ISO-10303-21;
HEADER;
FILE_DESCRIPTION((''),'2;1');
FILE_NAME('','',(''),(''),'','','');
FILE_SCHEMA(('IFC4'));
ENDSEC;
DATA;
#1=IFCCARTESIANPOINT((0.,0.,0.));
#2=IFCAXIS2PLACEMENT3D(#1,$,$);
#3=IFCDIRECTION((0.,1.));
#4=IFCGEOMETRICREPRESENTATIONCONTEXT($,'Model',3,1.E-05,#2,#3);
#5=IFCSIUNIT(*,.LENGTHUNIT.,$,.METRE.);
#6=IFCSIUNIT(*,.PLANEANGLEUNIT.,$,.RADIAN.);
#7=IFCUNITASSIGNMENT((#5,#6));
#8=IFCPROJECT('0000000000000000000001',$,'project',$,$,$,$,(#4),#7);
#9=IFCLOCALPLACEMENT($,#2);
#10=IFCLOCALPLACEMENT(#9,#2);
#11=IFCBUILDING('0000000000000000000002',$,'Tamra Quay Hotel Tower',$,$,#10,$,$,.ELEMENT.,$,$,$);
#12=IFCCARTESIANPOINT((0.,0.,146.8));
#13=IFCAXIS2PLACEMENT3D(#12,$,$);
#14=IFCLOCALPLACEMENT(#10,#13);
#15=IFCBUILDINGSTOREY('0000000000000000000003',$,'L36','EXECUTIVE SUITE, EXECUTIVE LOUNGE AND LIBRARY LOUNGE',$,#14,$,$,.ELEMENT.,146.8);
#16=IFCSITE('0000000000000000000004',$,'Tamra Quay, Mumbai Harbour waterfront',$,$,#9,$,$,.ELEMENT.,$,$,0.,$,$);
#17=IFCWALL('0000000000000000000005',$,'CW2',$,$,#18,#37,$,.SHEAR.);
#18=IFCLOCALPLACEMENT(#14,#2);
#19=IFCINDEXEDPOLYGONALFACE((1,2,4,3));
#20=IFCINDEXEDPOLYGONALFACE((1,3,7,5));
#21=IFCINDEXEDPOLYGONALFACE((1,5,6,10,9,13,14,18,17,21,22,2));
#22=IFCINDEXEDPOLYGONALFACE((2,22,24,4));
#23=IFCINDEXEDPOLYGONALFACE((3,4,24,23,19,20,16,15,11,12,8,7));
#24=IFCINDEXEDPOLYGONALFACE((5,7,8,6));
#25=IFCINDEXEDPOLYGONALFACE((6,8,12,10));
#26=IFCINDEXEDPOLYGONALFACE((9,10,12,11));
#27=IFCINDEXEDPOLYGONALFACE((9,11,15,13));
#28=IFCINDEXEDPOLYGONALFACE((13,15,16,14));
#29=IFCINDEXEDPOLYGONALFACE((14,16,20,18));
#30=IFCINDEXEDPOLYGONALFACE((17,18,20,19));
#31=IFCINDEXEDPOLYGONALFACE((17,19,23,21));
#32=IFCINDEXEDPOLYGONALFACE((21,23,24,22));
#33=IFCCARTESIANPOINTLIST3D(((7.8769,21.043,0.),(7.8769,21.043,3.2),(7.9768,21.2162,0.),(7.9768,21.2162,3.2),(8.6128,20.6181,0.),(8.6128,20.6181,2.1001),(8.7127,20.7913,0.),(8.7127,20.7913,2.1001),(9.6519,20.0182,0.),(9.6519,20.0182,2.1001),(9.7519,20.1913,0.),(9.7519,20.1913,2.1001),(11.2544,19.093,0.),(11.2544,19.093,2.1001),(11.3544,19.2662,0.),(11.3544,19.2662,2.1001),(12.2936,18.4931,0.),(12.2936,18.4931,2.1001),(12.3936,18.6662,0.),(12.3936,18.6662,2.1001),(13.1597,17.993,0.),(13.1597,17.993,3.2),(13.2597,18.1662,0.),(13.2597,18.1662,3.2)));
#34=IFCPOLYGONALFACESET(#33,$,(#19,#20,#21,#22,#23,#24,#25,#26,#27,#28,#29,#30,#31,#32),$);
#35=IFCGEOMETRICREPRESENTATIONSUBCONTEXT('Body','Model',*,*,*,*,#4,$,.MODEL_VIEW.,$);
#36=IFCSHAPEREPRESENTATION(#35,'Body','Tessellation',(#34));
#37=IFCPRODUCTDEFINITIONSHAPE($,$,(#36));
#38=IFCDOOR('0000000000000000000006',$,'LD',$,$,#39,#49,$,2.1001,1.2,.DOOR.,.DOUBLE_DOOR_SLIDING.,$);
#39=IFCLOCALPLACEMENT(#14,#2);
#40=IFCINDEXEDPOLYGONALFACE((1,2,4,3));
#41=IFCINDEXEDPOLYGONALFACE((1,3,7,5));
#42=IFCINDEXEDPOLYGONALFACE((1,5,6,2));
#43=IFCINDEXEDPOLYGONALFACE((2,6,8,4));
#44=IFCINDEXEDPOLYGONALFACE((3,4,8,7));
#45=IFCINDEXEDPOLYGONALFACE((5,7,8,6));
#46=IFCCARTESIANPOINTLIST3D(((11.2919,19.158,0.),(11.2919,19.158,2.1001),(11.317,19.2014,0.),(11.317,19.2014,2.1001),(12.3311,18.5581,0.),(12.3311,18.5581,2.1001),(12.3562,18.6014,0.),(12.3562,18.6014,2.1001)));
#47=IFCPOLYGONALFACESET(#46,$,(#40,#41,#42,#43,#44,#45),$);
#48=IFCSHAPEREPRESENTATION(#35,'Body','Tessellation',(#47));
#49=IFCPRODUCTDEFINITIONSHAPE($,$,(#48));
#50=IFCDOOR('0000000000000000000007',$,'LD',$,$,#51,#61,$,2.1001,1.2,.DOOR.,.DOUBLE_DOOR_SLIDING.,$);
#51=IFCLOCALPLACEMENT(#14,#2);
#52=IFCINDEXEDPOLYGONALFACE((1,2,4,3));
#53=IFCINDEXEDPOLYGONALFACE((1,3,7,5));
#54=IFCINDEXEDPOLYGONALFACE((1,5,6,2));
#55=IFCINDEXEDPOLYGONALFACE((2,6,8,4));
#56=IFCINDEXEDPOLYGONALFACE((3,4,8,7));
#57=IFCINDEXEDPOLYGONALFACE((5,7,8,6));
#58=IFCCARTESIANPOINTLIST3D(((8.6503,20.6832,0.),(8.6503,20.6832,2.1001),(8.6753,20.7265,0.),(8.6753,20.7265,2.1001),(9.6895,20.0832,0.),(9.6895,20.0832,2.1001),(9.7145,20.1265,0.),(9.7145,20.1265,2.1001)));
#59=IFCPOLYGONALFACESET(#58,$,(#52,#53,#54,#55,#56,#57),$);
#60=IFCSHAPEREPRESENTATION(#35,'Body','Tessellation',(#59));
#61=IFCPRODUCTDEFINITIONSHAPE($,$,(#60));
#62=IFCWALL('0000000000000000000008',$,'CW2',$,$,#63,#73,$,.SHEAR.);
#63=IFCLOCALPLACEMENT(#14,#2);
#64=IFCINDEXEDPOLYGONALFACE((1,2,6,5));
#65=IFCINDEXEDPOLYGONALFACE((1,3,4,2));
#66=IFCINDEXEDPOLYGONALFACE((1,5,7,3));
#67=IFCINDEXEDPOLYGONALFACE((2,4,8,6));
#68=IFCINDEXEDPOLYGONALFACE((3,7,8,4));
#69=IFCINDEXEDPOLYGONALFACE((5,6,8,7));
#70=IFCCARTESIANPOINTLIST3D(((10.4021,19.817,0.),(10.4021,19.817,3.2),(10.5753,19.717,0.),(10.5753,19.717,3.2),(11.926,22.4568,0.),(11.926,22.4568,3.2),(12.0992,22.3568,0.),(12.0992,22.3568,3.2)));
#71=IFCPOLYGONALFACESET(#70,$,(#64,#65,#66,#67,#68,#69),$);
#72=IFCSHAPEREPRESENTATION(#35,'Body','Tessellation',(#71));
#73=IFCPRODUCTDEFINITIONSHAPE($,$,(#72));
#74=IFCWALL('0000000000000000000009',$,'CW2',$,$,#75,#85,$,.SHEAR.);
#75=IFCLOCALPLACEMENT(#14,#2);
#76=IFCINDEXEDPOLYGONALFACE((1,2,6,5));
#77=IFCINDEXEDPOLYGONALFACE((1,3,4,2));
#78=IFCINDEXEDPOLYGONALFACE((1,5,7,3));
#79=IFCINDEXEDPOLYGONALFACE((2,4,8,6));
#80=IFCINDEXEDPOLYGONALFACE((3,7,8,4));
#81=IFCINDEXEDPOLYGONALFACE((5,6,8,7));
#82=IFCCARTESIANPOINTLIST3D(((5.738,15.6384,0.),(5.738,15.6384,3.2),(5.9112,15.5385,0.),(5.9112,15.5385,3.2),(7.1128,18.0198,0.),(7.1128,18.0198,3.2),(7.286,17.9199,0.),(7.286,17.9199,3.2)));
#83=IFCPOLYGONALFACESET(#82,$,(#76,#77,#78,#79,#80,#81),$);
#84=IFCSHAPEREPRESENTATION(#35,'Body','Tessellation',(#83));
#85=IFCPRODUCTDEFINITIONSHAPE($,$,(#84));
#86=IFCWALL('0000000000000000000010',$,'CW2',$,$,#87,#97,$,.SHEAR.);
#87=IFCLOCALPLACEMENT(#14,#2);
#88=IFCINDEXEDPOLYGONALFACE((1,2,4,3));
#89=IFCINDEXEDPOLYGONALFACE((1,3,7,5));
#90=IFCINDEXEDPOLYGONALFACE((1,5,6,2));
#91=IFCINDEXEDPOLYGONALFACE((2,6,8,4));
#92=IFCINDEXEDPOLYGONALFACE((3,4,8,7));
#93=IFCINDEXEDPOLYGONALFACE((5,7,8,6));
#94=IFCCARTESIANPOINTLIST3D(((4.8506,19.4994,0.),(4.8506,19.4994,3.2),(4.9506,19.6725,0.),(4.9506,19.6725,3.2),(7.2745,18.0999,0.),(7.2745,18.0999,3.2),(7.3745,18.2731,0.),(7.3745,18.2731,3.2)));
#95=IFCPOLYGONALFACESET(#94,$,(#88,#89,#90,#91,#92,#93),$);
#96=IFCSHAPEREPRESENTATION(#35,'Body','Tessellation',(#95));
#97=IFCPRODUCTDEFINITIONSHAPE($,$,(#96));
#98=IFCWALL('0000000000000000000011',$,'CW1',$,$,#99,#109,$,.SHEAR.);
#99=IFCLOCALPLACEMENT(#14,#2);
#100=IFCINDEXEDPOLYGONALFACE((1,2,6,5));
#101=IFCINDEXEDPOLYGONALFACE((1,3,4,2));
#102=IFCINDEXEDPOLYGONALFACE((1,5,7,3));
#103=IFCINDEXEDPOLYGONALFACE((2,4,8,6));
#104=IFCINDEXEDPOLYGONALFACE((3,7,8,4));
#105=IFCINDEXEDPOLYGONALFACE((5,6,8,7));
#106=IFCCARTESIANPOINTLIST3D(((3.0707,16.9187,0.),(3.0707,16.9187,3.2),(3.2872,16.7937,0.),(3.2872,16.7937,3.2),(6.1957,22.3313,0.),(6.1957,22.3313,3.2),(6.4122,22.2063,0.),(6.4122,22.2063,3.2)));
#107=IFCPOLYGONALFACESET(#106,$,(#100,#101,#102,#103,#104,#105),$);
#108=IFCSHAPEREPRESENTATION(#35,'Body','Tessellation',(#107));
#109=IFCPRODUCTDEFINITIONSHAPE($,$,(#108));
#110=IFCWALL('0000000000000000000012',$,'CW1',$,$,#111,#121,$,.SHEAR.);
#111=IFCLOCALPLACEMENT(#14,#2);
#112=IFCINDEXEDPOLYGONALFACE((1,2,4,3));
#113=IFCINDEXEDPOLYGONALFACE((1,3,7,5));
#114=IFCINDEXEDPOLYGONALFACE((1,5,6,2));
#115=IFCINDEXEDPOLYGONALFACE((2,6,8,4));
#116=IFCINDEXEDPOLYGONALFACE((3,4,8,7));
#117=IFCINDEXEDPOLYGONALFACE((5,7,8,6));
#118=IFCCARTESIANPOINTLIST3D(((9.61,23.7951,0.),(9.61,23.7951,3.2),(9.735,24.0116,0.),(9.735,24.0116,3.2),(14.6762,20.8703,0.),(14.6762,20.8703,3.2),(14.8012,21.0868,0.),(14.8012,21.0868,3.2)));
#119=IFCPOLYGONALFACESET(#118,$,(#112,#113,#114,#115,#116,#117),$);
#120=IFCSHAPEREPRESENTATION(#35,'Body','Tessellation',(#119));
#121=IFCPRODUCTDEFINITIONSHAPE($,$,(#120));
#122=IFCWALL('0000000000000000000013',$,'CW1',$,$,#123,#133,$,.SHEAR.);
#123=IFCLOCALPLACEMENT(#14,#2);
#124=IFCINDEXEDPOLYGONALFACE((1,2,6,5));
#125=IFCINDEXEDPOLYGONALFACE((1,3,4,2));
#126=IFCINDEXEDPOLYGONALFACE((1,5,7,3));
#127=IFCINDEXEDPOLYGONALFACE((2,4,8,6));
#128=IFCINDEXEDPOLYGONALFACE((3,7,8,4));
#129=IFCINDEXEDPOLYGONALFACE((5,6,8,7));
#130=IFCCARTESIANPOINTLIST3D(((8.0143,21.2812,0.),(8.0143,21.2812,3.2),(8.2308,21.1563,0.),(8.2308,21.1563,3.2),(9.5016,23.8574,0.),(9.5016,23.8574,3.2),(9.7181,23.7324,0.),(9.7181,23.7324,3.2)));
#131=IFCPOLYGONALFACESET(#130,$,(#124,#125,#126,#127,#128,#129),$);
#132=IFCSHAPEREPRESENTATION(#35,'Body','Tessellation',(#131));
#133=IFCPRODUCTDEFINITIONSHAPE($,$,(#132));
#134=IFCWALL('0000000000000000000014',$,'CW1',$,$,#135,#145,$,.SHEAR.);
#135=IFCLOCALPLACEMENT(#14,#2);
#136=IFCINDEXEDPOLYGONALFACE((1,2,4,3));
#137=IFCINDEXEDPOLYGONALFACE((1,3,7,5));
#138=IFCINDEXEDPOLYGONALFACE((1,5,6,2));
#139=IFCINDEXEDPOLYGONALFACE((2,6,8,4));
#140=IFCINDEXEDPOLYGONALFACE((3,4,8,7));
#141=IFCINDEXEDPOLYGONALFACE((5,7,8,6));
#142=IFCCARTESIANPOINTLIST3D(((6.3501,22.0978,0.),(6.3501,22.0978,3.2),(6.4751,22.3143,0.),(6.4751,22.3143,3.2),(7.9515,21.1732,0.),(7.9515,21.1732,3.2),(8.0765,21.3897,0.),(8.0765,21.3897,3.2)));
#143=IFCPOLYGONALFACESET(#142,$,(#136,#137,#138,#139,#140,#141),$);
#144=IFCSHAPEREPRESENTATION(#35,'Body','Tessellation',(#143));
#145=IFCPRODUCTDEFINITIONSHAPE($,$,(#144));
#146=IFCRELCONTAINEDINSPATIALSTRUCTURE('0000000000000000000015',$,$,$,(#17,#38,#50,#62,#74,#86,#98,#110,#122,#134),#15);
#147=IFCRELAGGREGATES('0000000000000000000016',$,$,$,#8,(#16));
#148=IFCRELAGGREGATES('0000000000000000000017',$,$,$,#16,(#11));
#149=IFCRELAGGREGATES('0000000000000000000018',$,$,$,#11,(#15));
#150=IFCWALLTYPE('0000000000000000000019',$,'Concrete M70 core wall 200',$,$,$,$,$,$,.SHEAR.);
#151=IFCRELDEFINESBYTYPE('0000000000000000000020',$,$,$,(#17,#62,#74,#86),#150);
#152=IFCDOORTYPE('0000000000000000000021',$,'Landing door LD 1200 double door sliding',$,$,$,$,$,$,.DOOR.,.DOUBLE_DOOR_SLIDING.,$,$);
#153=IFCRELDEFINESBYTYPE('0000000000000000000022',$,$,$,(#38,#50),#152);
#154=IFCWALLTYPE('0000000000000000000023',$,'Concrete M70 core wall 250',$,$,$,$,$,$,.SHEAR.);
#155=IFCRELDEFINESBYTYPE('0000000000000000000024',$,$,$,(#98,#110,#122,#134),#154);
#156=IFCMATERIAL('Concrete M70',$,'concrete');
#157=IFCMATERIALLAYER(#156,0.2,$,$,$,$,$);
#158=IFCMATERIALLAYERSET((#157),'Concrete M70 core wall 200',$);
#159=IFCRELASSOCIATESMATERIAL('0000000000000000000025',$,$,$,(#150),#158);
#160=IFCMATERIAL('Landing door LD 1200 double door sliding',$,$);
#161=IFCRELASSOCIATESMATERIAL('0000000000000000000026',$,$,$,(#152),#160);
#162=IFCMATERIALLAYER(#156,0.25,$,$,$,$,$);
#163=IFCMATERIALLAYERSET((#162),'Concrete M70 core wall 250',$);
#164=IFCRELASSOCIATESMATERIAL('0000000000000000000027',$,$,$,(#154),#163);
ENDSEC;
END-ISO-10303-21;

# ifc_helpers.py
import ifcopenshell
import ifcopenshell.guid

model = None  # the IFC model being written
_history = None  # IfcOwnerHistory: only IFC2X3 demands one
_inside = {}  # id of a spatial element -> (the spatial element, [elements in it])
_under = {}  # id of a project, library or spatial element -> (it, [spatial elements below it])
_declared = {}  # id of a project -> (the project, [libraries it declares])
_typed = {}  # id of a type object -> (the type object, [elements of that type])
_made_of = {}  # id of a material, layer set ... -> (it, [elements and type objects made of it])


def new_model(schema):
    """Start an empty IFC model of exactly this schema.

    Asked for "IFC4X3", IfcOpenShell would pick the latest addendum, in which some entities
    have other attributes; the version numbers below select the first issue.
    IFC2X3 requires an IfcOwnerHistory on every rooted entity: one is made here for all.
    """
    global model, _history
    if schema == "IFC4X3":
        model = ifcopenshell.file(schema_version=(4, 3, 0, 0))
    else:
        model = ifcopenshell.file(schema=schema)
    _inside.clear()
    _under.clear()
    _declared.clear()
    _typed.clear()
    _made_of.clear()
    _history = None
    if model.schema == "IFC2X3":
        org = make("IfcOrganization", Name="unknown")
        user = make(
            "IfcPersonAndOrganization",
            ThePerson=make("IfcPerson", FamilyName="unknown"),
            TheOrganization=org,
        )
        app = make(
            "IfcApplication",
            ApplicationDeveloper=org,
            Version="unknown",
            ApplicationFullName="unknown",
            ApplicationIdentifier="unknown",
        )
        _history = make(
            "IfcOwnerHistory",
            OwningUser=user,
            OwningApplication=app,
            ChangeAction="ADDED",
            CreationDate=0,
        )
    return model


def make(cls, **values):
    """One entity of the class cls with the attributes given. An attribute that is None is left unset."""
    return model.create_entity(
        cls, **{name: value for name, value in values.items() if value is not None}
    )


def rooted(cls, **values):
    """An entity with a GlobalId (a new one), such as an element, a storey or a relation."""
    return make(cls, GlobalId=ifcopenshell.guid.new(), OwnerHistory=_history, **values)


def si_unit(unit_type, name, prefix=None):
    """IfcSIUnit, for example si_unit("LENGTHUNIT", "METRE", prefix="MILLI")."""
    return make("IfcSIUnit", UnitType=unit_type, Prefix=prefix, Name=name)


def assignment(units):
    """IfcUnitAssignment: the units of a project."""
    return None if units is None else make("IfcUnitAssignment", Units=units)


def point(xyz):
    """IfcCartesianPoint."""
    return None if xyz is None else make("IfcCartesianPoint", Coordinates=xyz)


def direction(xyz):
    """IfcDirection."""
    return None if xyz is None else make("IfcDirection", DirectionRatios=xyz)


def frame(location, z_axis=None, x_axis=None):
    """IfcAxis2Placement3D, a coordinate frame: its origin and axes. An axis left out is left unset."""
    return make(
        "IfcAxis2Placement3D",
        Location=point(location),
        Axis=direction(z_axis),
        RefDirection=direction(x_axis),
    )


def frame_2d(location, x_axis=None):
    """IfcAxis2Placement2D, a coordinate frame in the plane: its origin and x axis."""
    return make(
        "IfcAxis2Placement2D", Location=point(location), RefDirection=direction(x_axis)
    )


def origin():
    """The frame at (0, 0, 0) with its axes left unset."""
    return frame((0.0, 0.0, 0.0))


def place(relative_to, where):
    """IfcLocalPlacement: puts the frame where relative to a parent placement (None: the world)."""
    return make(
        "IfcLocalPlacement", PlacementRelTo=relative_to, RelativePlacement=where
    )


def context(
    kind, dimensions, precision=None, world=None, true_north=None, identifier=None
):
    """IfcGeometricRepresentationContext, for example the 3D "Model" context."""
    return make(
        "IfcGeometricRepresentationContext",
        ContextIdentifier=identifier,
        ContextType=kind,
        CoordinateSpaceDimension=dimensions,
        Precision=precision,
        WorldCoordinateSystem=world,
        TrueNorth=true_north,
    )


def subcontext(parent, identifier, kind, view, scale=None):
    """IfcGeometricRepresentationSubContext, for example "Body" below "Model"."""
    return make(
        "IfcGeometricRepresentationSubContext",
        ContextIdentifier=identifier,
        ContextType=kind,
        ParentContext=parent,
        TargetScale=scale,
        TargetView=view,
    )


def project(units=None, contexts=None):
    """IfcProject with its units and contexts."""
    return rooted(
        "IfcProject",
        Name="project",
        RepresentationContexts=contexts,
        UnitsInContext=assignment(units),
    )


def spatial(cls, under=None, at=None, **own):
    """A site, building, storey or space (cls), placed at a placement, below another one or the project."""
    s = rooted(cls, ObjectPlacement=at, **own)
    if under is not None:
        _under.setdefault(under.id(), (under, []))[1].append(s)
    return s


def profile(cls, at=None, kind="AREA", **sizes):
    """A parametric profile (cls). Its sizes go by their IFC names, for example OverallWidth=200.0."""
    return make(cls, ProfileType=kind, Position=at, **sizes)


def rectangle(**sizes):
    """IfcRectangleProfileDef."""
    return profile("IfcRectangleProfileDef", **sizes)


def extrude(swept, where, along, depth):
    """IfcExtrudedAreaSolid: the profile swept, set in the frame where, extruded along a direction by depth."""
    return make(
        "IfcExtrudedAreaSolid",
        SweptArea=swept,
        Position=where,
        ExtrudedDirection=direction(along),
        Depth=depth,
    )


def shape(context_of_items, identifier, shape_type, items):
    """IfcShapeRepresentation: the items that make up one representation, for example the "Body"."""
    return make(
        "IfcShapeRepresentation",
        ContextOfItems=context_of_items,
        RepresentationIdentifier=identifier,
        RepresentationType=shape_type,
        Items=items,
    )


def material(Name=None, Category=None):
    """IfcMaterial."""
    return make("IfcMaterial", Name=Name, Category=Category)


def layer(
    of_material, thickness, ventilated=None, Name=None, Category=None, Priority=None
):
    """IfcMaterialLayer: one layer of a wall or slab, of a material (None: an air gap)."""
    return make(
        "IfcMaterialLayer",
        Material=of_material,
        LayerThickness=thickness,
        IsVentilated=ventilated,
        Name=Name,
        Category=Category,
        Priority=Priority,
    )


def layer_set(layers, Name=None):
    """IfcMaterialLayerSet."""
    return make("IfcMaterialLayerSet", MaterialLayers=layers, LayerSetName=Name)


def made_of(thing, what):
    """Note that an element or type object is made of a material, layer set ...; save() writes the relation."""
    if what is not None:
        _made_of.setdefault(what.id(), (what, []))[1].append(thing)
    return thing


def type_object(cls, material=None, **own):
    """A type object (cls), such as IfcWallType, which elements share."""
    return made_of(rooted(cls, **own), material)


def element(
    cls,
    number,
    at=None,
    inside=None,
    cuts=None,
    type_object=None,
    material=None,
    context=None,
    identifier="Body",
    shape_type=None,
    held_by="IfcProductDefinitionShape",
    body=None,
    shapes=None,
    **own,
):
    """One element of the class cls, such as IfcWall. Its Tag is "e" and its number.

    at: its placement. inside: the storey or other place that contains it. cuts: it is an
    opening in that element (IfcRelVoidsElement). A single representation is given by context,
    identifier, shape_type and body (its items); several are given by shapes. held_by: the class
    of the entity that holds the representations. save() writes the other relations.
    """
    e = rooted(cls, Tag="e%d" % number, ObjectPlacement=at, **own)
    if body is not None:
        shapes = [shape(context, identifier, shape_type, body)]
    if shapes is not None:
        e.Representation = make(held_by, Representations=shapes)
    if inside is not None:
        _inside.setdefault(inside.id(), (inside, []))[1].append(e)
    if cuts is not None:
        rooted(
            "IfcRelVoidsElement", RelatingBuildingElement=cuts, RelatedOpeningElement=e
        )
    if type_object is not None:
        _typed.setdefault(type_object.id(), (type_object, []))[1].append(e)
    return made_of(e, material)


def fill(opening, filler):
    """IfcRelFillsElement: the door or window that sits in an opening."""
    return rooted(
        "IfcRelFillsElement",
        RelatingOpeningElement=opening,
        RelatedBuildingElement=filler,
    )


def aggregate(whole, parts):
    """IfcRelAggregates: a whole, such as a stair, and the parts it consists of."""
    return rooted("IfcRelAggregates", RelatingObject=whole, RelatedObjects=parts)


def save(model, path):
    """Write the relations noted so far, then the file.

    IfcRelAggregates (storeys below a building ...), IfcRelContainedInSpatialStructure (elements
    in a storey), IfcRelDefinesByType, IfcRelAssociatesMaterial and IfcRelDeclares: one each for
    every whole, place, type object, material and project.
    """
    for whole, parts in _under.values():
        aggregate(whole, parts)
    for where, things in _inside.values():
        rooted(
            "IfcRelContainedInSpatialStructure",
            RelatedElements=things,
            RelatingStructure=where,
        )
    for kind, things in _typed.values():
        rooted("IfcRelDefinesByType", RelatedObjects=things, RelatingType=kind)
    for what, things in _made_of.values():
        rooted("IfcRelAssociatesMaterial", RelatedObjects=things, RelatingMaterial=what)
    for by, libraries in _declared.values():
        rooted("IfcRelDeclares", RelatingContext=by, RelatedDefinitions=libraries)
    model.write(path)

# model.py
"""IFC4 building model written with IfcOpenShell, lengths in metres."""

from ifc_helpers import new_model, si_unit, direction, frame, frame_2d, origin, place, context, subcontext, project, spatial, rectangle, extrude, material, layer, layer_set, type_object, element, fill, save


model = new_model("IFC4")

# Units and contexts
model_context = context("Model", 3, precision=1e-05, world=origin(), true_north=direction((0.0, 1.0)))
body_context = subcontext(model_context, "Body", "Model", "MODEL_VIEW")
ifc_project = project(units=[si_unit("LENGTHUNIT", "METRE"), si_unit("PLANEANGLEUNIT", "RADIAN")], contexts=[model_context])

# Site, building, storey
site_placement = place(None, origin())
site = spatial("IfcSite", under=ifc_project, at=site_placement, Name="Tamra Quay, Mumbai Harbour waterfront", CompositionType="ELEMENT", RefElevation=0.0)
building_placement = place(site_placement, origin())
building = spatial("IfcBuilding", under=site, at=building_placement, Name="Tamra Quay Hotel Tower", CompositionType="ELEMENT")
storey_placement = place(building_placement, frame((0.0, 0.0, 146.8)))
storey = spatial("IfcBuildingStorey", under=building, at=storey_placement, Name="L36", Description="EXECUTIVE SUITE, EXECUTIVE LOUNGE AND LIBRARY LOUNGE", CompositionType="ELEMENT", Elevation=146.8)

# Shared definitions
ifc_material_1 = material(Name="Concrete M70", Category="concrete")

# Wall, openings, doors
ifc_layer_1 = layer(ifc_material_1, 0.2)
ifc_layer_set_1 = layer_set([ifc_layer_1], Name="Concrete M70 core wall 200")
wall_type_1 = type_object("IfcWallType", Name="Concrete M70 core wall 200", PredefinedType="SHEAR", material=ifc_layer_set_1)
wall_1_placement = place(storey_placement, frame((13.2097, 18.0796, 0.0), z_axis=(0.0, 0.0, 1.0), x_axis=(-0.86603, 0.499992, 0.0)))
wall_1 = element("IfcWall", 1, at=wall_1_placement, inside=storey, type_object=wall_type_1, Name="CW2", PredefinedType="SHEAR", context=body_context, shape_type="SweptSolid", body=[
    extrude(rectangle(XDim=6.1001, YDim=0.2, at=frame_2d((3.05, 0.0))), origin(), (0.0, 0.0, 1.0), 3.2),
])
opening_1_placement = place(wall_1_placement, frame((1.0, 0.0, 0.0)))
opening_1 = element("IfcOpeningElement", 2, at=opening_1_placement, cuts=wall_1, PredefinedType="OPENING", context=body_context, shape_type="SweptSolid", body=[
    extrude(rectangle(XDim=1.2, YDim=2.1001, at=frame_2d((0.6001, 1.05))), frame((0.0, 0.1099, 0.0), z_axis=(0.0, -1.0, 0.0), x_axis=(1.0, 0.0, 0.0)), (0.0, 0.0, 1.0), 0.22),
])
opening_2_placement = place(wall_1_placement, frame((4.0503, 0.0, 0.0)))
opening_2 = element("IfcOpeningElement", 3, at=opening_2_placement, cuts=wall_1, PredefinedType="OPENING", context=body_context, shape_type="SweptSolid", body=[
    extrude(rectangle(XDim=1.2, YDim=2.1001, at=frame_2d((0.6001, 1.05))), frame((0.0, 0.1099, 0.0), z_axis=(0.0, -1.0, 0.0), x_axis=(1.0, 0.0, 0.0)), (0.0, 0.0, 1.0), 0.22),
])
ifc_material_2 = material(Name="Landing door LD 1200 double door sliding")
door_type = type_object("IfcDoorType", Name="Landing door LD 1200 double door sliding", OperationType="DOUBLE_DOOR_SLIDING", PredefinedType="DOOR", material=ifc_material_2)
door_1_placement = place(opening_1_placement, origin())
door_1 = element("IfcDoor", 4, at=door_1_placement, inside=storey, type_object=door_type, Name="LD", OperationType="DOUBLE_DOOR_SLIDING", OverallHeight=2.1001, OverallWidth=1.2, PredefinedType="DOOR", context=body_context, shape_type="SweptSolid", body=[
    extrude(rectangle(XDim=1.2, YDim=2.1001, at=frame_2d((0.6001, 1.05))), frame((0.0, 0.0249, 0.0), z_axis=(0.0, -1.0, 0.0), x_axis=(1.0, 0.0, 0.0)), (0.0, 0.0, 1.0), 0.05),
])
fill(opening_1, door_1)
door_2_placement = place(opening_2_placement, origin())
door_2 = element("IfcDoor", 5, at=door_2_placement, inside=storey, type_object=door_type, Name="LD", OperationType="DOUBLE_DOOR_SLIDING", OverallHeight=2.1001, OverallWidth=1.2, PredefinedType="DOOR", context=body_context, shape_type="SweptSolid", body=[
    extrude(rectangle(XDim=1.2, YDim=2.1001, at=frame_2d((0.6001, 1.05))), frame((0.0, 0.0249, 0.0), z_axis=(0.0, -1.0, 0.0), x_axis=(1.0, 0.0, 0.0)), (0.0, 0.0, 1.0), 0.05),
])
fill(opening_2, door_2)

# Walls
wall_2_placement = place(storey_placement, frame((10.4888, 19.7671, 0.0), z_axis=(0.0, 0.0, 1.0), x_axis=(0.499947, 0.866056, 0.0)))
element("IfcWall", 6, at=wall_2_placement, inside=storey, type_object=wall_type_1, Name="CW2", PredefinedType="SHEAR", context=body_context, shape_type="SweptSolid", body=[
    extrude(rectangle(XDim=3.0481, YDim=0.2, at=frame_2d((1.5239, 0.0))), origin(), (0.0, 0.0, 1.0), 3.2),
])
wall_3_placement = place(storey_placement, frame((7.1995, 17.97, 0.0), z_axis=(0.0, 0.0, 1.0), x_axis=(-0.499968, -0.866044, 0.0)))
element("IfcWall", 7, at=wall_3_placement, inside=storey, type_object=wall_type_1, Name="CW2", PredefinedType="SHEAR", context=body_context, shape_type="SweptSolid", body=[
    extrude(rectangle(XDim=2.7498, YDim=0.2, at=frame_2d((1.375, 0.0))), origin(), (0.0, 0.0, 1.0), 3.2),
])
wall_4_placement = place(storey_placement, frame((4.9006, 19.5859, 0.0), z_axis=(0.0, 0.0, 1.0), x_axis=(0.866023, -0.500004, 0.0)))
element("IfcWall", 8, at=wall_4_placement, inside=storey, type_object=wall_type_1, Name="CW2", PredefinedType="SHEAR", context=body_context, shape_type="SweptSolid", body=[
    extrude(rectangle(XDim=2.7988, YDim=0.2, at=frame_2d((1.3994, 0.0))), origin(), (0.0, 0.0, 1.0), 3.2),
])
ifc_layer_2 = layer(ifc_material_1, 0.25)
ifc_layer_set_2 = layer_set([ifc_layer_2], Name="Concrete M70 core wall 250")
wall_type_2 = type_object("IfcWallType", Name="Concrete M70 core wall 250", PredefinedType="SHEAR", material=ifc_layer_set_2)
wall_5_placement = place(storey_placement, frame((3.179, 16.8562, 0.0), z_axis=(0.0, 0.0, 1.0), x_axis=(0.500004, 0.866023, 0.0)))
element("IfcWall", 9, at=wall_5_placement, inside=storey, type_object=wall_type_2, Name="CW1", PredefinedType="SHEAR", context=body_context, shape_type="SweptSolid", body=[
    extrude(rectangle(XDim=6.25, YDim=0.25, at=frame_2d((3.125, 0.0))), origin(), (0.0, 0.0, 1.0), 3.2),
])
wall_6_placement = place(storey_placement, frame((9.6726, 23.9033, 0.0), z_axis=(0.0, 0.0, 1.0), x_axis=(0.866036, -0.499981, 0.0)))
element("IfcWall", 10, at=wall_6_placement, inside=storey, type_object=wall_type_2, Name="CW1", PredefinedType="SHEAR", context=body_context, shape_type="SweptSolid", body=[
    extrude(rectangle(XDim=5.8499, YDim=0.25, at=frame_2d((2.9248, 0.0))), origin(), (0.0, 0.0, 1.0), 3.2),
])
wall_7_placement = place(storey_placement, frame((8.1226, 21.2188, 0.0), z_axis=(0.0, 0.0, 1.0), x_axis=(0.499988, 0.866033, 0.0)))
element("IfcWall", 11, at=wall_7_placement, inside=storey, type_object=wall_type_2, Name="CW1", PredefinedType="SHEAR", context=body_context, shape_type="SweptSolid", body=[
    extrude(rectangle(XDim=2.9746, YDim=0.25, at=frame_2d((1.4873, 0.0))), origin(), (0.0, 0.0, 1.0), 3.2),
])
wall_8_placement = place(storey_placement, frame((6.4126, 22.2061, 0.0), z_axis=(0.0, 0.0, 1.0), x_axis=(0.866016, -0.500016, 0.0)))
element("IfcWall", 12, at=wall_8_placement, inside=storey, type_object=wall_type_2, Name="CW1", PredefinedType="SHEAR", context=body_context, shape_type="SweptSolid", body=[
    extrude(rectangle(XDim=1.8491, YDim=0.25, at=frame_2d((0.9246, 0.0))), origin(), (0.0, 0.0, 1.0), 3.2),
])

save(model, "model.ifc")
